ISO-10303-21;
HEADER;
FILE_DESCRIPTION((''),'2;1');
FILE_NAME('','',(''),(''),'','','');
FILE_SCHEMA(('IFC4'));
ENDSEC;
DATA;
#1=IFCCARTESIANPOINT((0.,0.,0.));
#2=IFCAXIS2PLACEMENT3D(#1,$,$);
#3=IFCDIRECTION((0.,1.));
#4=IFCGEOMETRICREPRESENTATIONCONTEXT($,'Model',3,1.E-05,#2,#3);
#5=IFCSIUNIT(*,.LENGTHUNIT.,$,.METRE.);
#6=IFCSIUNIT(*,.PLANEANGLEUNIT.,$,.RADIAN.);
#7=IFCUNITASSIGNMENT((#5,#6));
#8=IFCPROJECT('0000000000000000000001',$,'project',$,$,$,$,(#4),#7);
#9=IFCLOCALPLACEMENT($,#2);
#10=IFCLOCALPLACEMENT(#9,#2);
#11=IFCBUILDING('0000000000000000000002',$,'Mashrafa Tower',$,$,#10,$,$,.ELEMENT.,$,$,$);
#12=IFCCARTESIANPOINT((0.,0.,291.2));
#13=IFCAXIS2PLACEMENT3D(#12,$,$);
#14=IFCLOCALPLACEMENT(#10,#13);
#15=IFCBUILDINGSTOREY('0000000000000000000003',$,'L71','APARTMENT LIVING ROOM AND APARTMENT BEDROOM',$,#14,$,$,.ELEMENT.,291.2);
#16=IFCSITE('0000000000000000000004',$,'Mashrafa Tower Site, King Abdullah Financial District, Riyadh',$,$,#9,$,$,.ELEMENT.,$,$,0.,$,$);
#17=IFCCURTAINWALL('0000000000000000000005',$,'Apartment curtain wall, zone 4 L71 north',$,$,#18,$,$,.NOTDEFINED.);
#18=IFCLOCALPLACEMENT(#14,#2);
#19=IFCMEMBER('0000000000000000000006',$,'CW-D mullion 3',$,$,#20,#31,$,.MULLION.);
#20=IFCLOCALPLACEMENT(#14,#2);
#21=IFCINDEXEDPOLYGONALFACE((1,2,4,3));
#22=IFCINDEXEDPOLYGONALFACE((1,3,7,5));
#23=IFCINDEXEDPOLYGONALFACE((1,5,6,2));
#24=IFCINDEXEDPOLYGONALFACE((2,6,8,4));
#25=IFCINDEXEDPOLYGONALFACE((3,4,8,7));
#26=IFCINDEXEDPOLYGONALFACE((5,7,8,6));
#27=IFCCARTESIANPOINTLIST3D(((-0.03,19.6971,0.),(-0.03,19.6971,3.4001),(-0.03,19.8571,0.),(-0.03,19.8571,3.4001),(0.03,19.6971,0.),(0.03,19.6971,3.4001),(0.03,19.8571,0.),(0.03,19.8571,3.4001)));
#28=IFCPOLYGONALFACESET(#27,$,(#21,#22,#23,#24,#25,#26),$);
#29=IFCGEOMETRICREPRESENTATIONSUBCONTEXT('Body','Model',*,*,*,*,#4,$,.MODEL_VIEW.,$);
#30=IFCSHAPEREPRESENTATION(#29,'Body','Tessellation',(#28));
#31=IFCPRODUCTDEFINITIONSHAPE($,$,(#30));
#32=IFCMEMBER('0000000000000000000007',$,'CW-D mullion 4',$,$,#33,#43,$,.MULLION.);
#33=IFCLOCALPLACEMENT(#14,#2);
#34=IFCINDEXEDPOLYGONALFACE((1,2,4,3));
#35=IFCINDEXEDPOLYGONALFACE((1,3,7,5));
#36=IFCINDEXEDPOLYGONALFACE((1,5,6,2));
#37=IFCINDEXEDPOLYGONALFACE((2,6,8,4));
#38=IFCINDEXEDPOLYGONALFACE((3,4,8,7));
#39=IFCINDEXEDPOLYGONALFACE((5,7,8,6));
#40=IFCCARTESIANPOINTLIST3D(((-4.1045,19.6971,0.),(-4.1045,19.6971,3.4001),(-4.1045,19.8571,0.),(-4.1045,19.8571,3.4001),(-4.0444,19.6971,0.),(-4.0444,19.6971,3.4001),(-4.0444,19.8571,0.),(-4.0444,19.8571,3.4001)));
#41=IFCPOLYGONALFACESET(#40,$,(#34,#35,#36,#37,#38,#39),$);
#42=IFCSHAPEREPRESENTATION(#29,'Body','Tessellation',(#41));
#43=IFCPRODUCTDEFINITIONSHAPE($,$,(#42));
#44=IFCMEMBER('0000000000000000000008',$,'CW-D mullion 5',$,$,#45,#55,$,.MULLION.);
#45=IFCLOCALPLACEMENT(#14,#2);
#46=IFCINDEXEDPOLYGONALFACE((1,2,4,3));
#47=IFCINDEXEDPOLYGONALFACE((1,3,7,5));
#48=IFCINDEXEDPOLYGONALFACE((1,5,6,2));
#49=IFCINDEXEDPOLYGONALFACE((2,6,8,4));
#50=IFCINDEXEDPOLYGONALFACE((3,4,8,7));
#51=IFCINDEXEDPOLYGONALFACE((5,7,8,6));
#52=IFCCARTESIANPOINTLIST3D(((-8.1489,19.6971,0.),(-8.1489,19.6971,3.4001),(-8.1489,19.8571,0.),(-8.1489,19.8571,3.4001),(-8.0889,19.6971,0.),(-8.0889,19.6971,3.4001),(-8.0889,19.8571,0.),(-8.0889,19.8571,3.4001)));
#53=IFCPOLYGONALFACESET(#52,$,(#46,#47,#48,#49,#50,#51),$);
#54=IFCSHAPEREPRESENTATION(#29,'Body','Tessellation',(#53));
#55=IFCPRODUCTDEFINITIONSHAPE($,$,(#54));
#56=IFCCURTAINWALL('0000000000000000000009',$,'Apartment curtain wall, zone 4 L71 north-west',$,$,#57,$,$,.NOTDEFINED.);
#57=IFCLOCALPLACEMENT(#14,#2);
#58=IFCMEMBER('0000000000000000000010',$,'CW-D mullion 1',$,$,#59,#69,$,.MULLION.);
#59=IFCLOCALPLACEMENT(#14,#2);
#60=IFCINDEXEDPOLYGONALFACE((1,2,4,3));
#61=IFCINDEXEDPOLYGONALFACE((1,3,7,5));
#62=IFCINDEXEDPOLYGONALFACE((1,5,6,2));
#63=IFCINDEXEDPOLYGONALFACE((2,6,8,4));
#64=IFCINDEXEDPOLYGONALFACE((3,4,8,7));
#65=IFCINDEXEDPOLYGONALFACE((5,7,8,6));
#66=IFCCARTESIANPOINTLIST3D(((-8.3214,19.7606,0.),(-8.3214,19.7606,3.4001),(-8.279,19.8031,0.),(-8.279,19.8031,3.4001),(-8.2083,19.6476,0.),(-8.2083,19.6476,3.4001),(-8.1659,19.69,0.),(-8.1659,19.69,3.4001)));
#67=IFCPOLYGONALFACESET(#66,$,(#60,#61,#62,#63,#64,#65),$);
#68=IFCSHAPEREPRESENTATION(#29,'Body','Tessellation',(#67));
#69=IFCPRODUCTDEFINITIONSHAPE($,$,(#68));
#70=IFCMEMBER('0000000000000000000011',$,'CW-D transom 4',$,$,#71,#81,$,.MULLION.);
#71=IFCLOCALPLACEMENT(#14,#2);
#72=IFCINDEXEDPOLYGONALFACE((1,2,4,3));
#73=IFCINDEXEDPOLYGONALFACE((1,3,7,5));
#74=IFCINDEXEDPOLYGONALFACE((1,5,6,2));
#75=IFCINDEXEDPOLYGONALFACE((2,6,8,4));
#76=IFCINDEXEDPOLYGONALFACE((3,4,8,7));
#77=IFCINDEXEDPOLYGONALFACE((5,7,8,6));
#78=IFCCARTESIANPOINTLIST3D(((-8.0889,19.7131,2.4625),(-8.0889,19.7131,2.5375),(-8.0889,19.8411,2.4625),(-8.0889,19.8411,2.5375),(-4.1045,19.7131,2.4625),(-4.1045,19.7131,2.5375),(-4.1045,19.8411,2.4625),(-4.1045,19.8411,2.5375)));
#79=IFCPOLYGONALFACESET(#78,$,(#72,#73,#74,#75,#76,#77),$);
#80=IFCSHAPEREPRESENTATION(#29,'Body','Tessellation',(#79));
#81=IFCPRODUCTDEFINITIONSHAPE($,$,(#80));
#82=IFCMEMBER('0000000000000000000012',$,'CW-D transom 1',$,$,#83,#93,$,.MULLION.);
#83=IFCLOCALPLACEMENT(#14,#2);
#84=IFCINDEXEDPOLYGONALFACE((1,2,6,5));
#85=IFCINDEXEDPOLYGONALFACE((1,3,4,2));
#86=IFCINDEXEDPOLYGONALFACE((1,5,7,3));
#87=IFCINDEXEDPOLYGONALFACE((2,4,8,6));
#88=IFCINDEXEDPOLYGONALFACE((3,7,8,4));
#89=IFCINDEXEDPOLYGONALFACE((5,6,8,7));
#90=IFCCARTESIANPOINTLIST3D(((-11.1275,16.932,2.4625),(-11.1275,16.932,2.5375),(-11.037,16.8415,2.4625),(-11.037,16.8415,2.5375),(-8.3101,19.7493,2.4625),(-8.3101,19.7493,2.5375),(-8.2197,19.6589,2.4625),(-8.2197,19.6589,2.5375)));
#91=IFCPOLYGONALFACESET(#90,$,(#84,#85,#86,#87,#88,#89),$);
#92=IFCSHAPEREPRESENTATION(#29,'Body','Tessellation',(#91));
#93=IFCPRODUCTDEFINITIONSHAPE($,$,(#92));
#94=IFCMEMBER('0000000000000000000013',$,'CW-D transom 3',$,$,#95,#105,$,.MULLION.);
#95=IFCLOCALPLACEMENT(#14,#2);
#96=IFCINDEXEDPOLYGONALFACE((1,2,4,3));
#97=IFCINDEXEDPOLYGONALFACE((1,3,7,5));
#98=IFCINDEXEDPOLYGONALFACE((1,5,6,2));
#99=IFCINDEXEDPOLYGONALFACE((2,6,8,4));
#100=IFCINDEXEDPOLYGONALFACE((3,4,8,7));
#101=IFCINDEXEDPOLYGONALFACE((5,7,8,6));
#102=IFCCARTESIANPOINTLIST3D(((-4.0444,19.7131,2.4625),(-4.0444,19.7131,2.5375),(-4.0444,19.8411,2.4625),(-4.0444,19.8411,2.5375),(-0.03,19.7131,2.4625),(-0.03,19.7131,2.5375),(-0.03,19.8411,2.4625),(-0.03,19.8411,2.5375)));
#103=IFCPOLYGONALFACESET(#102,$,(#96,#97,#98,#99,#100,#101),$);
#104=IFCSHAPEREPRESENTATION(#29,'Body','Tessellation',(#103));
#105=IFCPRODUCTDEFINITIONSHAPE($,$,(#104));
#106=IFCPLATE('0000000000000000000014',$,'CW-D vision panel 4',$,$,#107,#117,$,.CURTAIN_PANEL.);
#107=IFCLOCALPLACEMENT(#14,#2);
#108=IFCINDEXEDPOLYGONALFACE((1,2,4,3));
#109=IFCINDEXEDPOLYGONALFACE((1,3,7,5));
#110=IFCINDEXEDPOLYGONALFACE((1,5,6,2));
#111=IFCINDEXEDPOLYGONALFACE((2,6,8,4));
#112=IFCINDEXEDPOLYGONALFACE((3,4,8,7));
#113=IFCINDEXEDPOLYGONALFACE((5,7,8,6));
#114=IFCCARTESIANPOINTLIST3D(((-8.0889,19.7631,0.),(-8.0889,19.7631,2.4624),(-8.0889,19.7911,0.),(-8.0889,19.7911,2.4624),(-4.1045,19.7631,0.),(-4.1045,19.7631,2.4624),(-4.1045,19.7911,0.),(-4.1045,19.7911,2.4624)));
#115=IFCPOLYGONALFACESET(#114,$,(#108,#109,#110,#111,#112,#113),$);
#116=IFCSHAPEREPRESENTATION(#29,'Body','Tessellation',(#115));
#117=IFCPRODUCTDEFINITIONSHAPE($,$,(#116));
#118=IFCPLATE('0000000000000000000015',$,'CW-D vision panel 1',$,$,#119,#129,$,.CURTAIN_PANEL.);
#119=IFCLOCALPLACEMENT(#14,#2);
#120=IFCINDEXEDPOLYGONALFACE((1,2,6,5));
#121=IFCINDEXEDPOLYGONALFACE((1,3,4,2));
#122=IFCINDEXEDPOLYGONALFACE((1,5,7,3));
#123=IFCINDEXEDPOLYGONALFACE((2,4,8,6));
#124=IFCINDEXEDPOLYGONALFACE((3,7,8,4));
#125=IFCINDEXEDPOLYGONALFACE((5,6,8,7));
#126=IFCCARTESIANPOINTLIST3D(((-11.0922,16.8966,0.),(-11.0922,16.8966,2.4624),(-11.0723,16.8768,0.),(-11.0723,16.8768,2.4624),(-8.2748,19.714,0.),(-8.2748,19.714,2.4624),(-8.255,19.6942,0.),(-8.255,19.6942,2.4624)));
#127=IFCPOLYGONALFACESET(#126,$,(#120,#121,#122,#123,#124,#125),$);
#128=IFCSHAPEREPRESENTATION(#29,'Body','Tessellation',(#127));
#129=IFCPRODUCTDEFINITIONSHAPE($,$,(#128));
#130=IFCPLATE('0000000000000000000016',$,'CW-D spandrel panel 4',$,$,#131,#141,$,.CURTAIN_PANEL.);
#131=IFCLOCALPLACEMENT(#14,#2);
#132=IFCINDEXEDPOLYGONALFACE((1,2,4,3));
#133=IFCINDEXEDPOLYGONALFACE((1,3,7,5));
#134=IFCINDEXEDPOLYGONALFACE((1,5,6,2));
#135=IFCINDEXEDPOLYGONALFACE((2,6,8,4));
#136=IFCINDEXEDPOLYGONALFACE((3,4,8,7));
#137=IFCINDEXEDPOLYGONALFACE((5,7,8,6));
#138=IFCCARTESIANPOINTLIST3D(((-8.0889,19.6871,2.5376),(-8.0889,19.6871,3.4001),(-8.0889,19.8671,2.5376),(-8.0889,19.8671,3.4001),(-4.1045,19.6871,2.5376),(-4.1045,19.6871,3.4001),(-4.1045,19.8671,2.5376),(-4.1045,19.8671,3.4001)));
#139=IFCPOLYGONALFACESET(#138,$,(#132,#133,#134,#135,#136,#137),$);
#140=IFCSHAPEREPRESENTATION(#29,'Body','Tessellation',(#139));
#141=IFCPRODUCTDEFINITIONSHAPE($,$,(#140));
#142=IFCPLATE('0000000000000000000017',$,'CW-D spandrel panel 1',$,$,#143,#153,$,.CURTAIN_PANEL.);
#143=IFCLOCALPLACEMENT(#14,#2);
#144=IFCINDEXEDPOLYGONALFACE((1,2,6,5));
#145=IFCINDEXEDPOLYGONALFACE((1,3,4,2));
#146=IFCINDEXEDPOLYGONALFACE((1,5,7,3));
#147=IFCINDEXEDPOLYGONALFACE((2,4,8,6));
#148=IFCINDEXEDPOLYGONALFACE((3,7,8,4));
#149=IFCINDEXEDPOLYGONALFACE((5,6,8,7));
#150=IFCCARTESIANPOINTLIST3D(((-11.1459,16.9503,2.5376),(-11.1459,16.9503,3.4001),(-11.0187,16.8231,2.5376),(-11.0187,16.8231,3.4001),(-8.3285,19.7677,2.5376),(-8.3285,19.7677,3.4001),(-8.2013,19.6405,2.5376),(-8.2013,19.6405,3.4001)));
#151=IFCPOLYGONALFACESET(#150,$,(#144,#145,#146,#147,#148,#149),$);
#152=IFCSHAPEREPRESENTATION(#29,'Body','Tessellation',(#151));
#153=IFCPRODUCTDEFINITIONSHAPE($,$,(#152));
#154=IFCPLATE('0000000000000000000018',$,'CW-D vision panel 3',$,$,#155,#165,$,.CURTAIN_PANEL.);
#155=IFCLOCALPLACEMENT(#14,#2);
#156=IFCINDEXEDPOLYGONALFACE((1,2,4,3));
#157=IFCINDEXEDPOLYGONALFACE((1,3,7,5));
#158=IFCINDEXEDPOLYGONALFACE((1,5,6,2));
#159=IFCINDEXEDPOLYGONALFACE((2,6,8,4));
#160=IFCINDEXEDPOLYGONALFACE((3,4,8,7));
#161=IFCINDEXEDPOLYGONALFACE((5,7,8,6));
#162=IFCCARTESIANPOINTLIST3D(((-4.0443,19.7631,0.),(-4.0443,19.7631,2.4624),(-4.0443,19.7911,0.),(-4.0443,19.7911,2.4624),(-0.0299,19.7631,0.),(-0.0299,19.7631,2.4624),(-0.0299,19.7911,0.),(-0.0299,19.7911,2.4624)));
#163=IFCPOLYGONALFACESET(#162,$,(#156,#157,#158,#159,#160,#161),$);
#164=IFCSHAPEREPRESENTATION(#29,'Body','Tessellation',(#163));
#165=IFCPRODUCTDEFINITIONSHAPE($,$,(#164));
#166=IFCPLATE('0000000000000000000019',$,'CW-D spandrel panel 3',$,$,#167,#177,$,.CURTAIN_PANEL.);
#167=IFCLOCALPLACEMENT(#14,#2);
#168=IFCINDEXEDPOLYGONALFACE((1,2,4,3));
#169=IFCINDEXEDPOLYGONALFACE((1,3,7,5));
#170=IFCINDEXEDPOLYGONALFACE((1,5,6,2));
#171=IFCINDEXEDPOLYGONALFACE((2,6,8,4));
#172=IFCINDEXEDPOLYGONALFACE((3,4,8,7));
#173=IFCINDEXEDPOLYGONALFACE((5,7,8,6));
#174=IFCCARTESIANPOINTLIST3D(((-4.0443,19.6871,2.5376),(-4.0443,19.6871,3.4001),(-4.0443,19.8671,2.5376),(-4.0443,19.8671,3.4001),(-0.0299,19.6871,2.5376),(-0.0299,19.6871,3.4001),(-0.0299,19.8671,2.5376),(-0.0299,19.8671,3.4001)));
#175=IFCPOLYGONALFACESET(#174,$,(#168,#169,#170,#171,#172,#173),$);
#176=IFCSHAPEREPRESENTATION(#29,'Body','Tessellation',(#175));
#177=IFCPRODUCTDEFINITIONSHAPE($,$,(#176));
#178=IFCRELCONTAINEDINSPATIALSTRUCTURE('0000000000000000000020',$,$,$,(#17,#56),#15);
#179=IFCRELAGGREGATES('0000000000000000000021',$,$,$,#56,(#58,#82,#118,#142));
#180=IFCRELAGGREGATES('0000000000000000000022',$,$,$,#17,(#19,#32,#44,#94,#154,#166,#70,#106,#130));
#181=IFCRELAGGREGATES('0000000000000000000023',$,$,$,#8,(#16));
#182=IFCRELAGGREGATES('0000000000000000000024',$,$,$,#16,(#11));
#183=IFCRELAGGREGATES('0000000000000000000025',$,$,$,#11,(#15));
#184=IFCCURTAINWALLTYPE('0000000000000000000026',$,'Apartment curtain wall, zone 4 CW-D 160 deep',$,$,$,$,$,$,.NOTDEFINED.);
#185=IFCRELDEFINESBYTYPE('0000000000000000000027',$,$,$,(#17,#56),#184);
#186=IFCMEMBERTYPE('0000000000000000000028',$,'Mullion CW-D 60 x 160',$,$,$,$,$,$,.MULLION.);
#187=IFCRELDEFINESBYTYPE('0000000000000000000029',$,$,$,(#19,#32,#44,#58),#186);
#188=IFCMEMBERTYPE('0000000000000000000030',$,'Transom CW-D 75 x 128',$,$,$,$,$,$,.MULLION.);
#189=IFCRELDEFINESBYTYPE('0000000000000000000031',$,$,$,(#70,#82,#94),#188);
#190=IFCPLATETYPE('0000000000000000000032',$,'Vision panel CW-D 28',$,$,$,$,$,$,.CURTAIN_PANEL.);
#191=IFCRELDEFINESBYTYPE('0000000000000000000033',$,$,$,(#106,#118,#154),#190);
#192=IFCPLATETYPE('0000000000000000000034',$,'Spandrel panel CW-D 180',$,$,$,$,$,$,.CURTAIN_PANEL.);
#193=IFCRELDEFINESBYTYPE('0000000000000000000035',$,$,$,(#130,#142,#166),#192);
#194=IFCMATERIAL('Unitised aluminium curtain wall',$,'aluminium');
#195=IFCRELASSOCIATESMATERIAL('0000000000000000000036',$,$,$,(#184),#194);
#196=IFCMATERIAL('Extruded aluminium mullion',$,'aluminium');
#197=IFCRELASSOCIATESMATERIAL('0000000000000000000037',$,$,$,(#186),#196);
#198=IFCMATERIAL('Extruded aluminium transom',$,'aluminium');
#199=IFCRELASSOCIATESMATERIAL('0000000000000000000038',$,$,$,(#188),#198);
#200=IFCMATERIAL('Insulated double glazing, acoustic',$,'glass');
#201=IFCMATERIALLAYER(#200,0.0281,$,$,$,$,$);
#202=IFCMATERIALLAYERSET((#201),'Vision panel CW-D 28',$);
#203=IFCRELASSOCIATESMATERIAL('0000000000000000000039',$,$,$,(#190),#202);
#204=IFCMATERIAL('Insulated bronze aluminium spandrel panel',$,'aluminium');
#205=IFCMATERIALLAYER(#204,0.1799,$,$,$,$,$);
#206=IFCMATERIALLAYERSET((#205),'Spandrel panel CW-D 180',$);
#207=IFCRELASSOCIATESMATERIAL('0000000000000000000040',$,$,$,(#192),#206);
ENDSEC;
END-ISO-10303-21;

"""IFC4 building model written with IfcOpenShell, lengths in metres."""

from ifc_helpers import new_model, si_unit, direction, frame, origin, origin_2d, place, context, subcontext, project, spatial, rectangle, extrude, source, transform, mapped, material, layer, layer_set, material_profile, profile_set, type_object, type_shapes, element, aggregate, save


model = new_model("IFC4")

# Units and contexts
model_context = context("Model", 3, precision=1e-05, world=origin(), true_north=direction((0.0, 1.0)))
body_context = subcontext(model_context, "Body", "Model", "MODEL_VIEW")
ifc_project = project(units=[si_unit("LENGTHUNIT", "METRE"), si_unit("PLANEANGLEUNIT", "RADIAN")], contexts=[model_context])

# Site, building, storey
site_placement = place(None, origin())
site = spatial("IfcSite", under=ifc_project, at=site_placement, Name="Mashrafa Tower Site, King Abdullah Financial District, Riyadh", CompositionType="ELEMENT", RefElevation=0.0)
building_placement = place(site_placement, origin())
building = spatial("IfcBuilding", under=site, at=building_placement, Name="Mashrafa Tower", CompositionType="ELEMENT")
storey_placement = place(building_placement, frame((0.0, 0.0, 291.2)))
storey = spatial("IfcBuildingStorey", under=building, at=storey_placement, Name="L71", Description="APARTMENT LIVING ROOM AND APARTMENT BEDROOM", CompositionType="ELEMENT", Elevation=291.2)

# Curtain wall, members
ifc_material_1 = material(Name="Unitised aluminium curtain wall", Category="aluminium")
curtain_wall_type = type_object("IfcCurtainWallType", Name="Apartment curtain wall, zone 4 CW-D 160 deep", PredefinedType="NOTDEFINED", material=ifc_material_1)
curtain_wall_1_placement = place(storey_placement, origin())
curtain_wall_1 = element("IfcCurtainWall", 1, at=curtain_wall_1_placement, inside=storey, type_object=curtain_wall_type, Name="Apartment curtain wall, zone 4 L71 north", PredefinedType="NOTDEFINED")
ifc_material_2 = material(Name="Extruded aluminium mullion", Category="aluminium")
ifc_material_profile_1 = material_profile(ifc_material_2, rectangle(XDim=0.1599, YDim=0.0601, at=origin_2d()), Name="Mullion 60x160")
ifc_profile_set_1 = profile_set([ifc_material_profile_1], Name="Extruded aluminium mullion")
member_type_1 = type_object("IfcMemberType", Name="Mullion CW-D 60 x 160", PredefinedType="MULLION", material=ifc_profile_set_1)
shared_shape_1 = source(origin(), body_context, "Body", "SweptSolid", [
    extrude(rectangle(XDim=0.1599, YDim=0.0601, at=origin_2d()), origin(), (0.0, 0.0, 1.0), 3.4001),
])
type_shapes(member_type_1, [shared_shape_1])
member_1_placement = place(storey_placement, frame((0.0, 19.7771, 0.0), z_axis=(0.0, 0.0, 1.0), x_axis=(0.0, -1.0, 0.0)))
member_1 = element("IfcMember", 2, at=member_1_placement, type_object=member_type_1, Name="CW-D mullion 3", PredefinedType="MULLION", context=body_context, shape_type="MappedRepresentation", body=[
    mapped(shared_shape_1, transform((0.0, 0.0, 0.0))),
])
member_2_placement = place(storey_placement, frame((-4.0745, 19.7771, 0.0), z_axis=(0.0, 0.0, 1.0), x_axis=(0.0, -1.0, 0.0)))
member_2 = element("IfcMember", 3, at=member_2_placement, type_object=member_type_1, Name="CW-D mullion 4", PredefinedType="MULLION", context=body_context, shape_type="MappedRepresentation", body=[
    mapped(shared_shape_1, transform((0.0, 0.0, 0.0))),
])
member_3_placement = place(storey_placement, frame((-8.1189, 19.7771, 0.0), z_axis=(0.0, 0.0, 1.0), x_axis=(0.0, -1.0, 0.0)))
member_3 = element("IfcMember", 4, at=member_3_placement, type_object=member_type_1, Name="CW-D mullion 5", PredefinedType="MULLION", context=body_context, shape_type="MappedRepresentation", body=[
    mapped(shared_shape_1, transform((0.0, 0.0, 0.0))),
])

# Curtain wall, member
curtain_wall_2_placement = place(storey_placement, origin())
curtain_wall_2 = element("IfcCurtainWall", 5, at=curtain_wall_2_placement, inside=storey, type_object=curtain_wall_type, Name="Apartment curtain wall, zone 4 L71 north-west", PredefinedType="NOTDEFINED")
member_4_placement = place(storey_placement, frame((-8.2437, 19.7253, 0.0), z_axis=(0.0, 0.0, 1.0), x_axis=(0.707107, -0.707107, 0.0)))
member_4 = element("IfcMember", 6, at=member_4_placement, type_object=member_type_1, Name="CW-D mullion 1", PredefinedType="MULLION", context=body_context, shape_type="MappedRepresentation", body=[
    mapped(shared_shape_1, transform((0.0, 0.0, 0.0))),
])

# Members
ifc_material_3 = material(Name="Extruded aluminium transom", Category="aluminium")
ifc_material_profile_2 = material_profile(ifc_material_3, rectangle(XDim=0.1279, YDim=0.075, at=origin_2d()), Name="Transom 75x128")
ifc_profile_set_2 = profile_set([ifc_material_profile_2], Name="Extruded aluminium transom")
member_type_2 = type_object("IfcMemberType", Name="Transom CW-D 75 x 128", PredefinedType="MULLION", material=ifc_profile_set_2)
shared_shape_2 = source(origin(), body_context, "Body", "SweptSolid", [
    extrude(rectangle(XDim=0.1279, YDim=0.075, at=origin_2d()), origin(), (0.0, 0.0, 1.0), 3.9844),
])
member_5_placement = place(storey_placement, frame((-4.1045, 19.7771, 2.5), z_axis=(-1.0, 0.0, 0.0), x_axis=(0.0, -1.0, 0.0)))
member_5 = element("IfcMember", 7, at=member_5_placement, type_object=member_type_2, Name="CW-D transom 4", PredefinedType="MULLION", context=body_context, shape_type="MappedRepresentation", body=[
    mapped(shared_shape_2, transform((0.0, 0.0, 0.0))),
])
member_6_placement = place(storey_placement, frame((-8.2649, 19.7041, 2.5), z_axis=(-0.707107, -0.707107, 0.0), x_axis=(0.707107, -0.707107, 0.0)))
member_6 = element("IfcMember", 8, at=member_6_placement, type_object=member_type_2, Name="CW-D transom 1", PredefinedType="MULLION", context=body_context, shape_type="MappedRepresentation", body=[
    mapped(shared_shape_2, transform((0.0, 0.0, 0.0))),
])
shared_shape_3 = source(origin(), body_context, "Body", "SweptSolid", [
    extrude(rectangle(XDim=0.1279, YDim=0.075, at=origin_2d()), origin(), (0.0, 0.0, 1.0), 4.0144),
])
type_shapes(member_type_2, [shared_shape_2, shared_shape_3])
member_7_placement = place(storey_placement, frame((-0.03, 19.7771, 2.5), z_axis=(-1.0, 0.0, 0.0), x_axis=(0.0, -1.0, 0.0)))
member_7 = element("IfcMember", 9, at=member_7_placement, type_object=member_type_2, Name="CW-D transom 3", PredefinedType="MULLION", context=body_context, shape_type="MappedRepresentation", body=[
    mapped(shared_shape_3, transform((0.0, 0.0, 0.0))),
])

# Plates
ifc_material_4 = material(Name="Insulated double glazing, acoustic", Category="glass")
ifc_layer_1 = layer(ifc_material_4, 0.0281)
ifc_layer_set_1 = layer_set([ifc_layer_1], Name="Vision panel CW-D 28")
plate_type_1 = type_object("IfcPlateType", Name="Vision panel CW-D 28", PredefinedType="CURTAIN_PANEL", material=ifc_layer_set_1)
shared_shape_4 = source(origin(), body_context, "Body", "SweptSolid", [
    extrude(rectangle(XDim=3.9844, YDim=0.0281, at=origin_2d()), origin(), (0.0, 0.0, 1.0), 2.4624),
])
plate_1_placement = place(storey_placement, frame((-6.0967, 19.7771, 0.0), z_axis=(0.0, 0.0, 1.0), x_axis=(-1.0, 0.0, 0.0)))
plate_1 = element("IfcPlate", 10, at=plate_1_placement, type_object=plate_type_1, Name="CW-D vision panel 4", PredefinedType="CURTAIN_PANEL", context=body_context, shape_type="MappedRepresentation", body=[
    mapped(shared_shape_4, transform((0.0, 0.0, 0.0))),
])
plate_2_placement = place(storey_placement, frame((-9.6736, 18.2954, 0.0), z_axis=(0.0, 0.0, 1.0), x_axis=(-0.707107, -0.707107, 0.0)))
plate_2 = element("IfcPlate", 11, at=plate_2_placement, type_object=plate_type_1, Name="CW-D vision panel 1", PredefinedType="CURTAIN_PANEL", context=body_context, shape_type="MappedRepresentation", body=[
    mapped(shared_shape_4, transform((0.0, 0.0, 0.0))),
])
ifc_material_5 = material(Name="Insulated bronze aluminium spandrel panel", Category="aluminium")
ifc_layer_2 = layer(ifc_material_5, 0.1799)
ifc_layer_set_2 = layer_set([ifc_layer_2], Name="Spandrel panel CW-D 180")
plate_type_2 = type_object("IfcPlateType", Name="Spandrel panel CW-D 180", PredefinedType="CURTAIN_PANEL", material=ifc_layer_set_2)
shared_shape_5 = source(origin(), body_context, "Body", "SweptSolid", [
    extrude(rectangle(XDim=3.9844, YDim=0.1799, at=origin_2d()), origin(), (0.0, 0.0, 1.0), 0.8625),
])
plate_3_placement = place(storey_placement, frame((-6.0967, 19.7771, 2.5376), z_axis=(0.0, 0.0, 1.0), x_axis=(-1.0, 0.0, 0.0)))
plate_3 = element("IfcPlate", 12, at=plate_3_placement, type_object=plate_type_2, Name="CW-D spandrel panel 4", PredefinedType="CURTAIN_PANEL", context=body_context, shape_type="MappedRepresentation", body=[
    mapped(shared_shape_5, transform((0.0, 0.0, 0.0))),
])
plate_4_placement = place(storey_placement, frame((-9.6736, 18.2954, 2.5376), z_axis=(0.0, 0.0, 1.0), x_axis=(-0.707107, -0.707107, 0.0)))
plate_4 = element("IfcPlate", 13, at=plate_4_placement, type_object=plate_type_2, Name="CW-D spandrel panel 1", PredefinedType="CURTAIN_PANEL", context=body_context, shape_type="MappedRepresentation", body=[
    mapped(shared_shape_5, transform((0.0, 0.0, 0.0))),
])
aggregate(curtain_wall_2, [member_4, member_6, plate_2, plate_4])
shared_shape_6 = source(origin(), body_context, "Body", "SweptSolid", [
    extrude(rectangle(XDim=4.0144, YDim=0.0281, at=origin_2d()), origin(), (0.0, 0.0, 1.0), 2.4624),
])
type_shapes(plate_type_1, [shared_shape_4, shared_shape_6])
plate_5_placement = place(storey_placement, frame((-2.0371, 19.7771, 0.0), z_axis=(0.0, 0.0, 1.0), x_axis=(-1.0, 0.0, 0.0)))
plate_5 = element("IfcPlate", 14, at=plate_5_placement, type_object=plate_type_1, Name="CW-D vision panel 3", PredefinedType="CURTAIN_PANEL", context=body_context, shape_type="MappedRepresentation", body=[
    mapped(shared_shape_6, transform((0.0, 0.0, 0.0))),
])
shared_shape_7 = source(origin(), body_context, "Body", "SweptSolid", [
    extrude(rectangle(XDim=4.0144, YDim=0.1799, at=origin_2d()), origin(), (0.0, 0.0, 1.0), 0.8625),
])
type_shapes(plate_type_2, [shared_shape_5, shared_shape_7])
plate_6_placement = place(storey_placement, frame((-2.0371, 19.7771, 2.5376), z_axis=(0.0, 0.0, 1.0), x_axis=(-1.0, 0.0, 0.0)))
plate_6 = element("IfcPlate", 15, at=plate_6_placement, type_object=plate_type_2, Name="CW-D spandrel panel 3", PredefinedType="CURTAIN_PANEL", context=body_context, shape_type="MappedRepresentation", body=[
    mapped(shared_shape_7, transform((0.0, 0.0, 0.0))),
])
aggregate(curtain_wall_1, [member_1, member_2, member_3, member_7, plate_5, plate_6, member_5, plate_1, plate_3])

save(model, "model.ifc")
